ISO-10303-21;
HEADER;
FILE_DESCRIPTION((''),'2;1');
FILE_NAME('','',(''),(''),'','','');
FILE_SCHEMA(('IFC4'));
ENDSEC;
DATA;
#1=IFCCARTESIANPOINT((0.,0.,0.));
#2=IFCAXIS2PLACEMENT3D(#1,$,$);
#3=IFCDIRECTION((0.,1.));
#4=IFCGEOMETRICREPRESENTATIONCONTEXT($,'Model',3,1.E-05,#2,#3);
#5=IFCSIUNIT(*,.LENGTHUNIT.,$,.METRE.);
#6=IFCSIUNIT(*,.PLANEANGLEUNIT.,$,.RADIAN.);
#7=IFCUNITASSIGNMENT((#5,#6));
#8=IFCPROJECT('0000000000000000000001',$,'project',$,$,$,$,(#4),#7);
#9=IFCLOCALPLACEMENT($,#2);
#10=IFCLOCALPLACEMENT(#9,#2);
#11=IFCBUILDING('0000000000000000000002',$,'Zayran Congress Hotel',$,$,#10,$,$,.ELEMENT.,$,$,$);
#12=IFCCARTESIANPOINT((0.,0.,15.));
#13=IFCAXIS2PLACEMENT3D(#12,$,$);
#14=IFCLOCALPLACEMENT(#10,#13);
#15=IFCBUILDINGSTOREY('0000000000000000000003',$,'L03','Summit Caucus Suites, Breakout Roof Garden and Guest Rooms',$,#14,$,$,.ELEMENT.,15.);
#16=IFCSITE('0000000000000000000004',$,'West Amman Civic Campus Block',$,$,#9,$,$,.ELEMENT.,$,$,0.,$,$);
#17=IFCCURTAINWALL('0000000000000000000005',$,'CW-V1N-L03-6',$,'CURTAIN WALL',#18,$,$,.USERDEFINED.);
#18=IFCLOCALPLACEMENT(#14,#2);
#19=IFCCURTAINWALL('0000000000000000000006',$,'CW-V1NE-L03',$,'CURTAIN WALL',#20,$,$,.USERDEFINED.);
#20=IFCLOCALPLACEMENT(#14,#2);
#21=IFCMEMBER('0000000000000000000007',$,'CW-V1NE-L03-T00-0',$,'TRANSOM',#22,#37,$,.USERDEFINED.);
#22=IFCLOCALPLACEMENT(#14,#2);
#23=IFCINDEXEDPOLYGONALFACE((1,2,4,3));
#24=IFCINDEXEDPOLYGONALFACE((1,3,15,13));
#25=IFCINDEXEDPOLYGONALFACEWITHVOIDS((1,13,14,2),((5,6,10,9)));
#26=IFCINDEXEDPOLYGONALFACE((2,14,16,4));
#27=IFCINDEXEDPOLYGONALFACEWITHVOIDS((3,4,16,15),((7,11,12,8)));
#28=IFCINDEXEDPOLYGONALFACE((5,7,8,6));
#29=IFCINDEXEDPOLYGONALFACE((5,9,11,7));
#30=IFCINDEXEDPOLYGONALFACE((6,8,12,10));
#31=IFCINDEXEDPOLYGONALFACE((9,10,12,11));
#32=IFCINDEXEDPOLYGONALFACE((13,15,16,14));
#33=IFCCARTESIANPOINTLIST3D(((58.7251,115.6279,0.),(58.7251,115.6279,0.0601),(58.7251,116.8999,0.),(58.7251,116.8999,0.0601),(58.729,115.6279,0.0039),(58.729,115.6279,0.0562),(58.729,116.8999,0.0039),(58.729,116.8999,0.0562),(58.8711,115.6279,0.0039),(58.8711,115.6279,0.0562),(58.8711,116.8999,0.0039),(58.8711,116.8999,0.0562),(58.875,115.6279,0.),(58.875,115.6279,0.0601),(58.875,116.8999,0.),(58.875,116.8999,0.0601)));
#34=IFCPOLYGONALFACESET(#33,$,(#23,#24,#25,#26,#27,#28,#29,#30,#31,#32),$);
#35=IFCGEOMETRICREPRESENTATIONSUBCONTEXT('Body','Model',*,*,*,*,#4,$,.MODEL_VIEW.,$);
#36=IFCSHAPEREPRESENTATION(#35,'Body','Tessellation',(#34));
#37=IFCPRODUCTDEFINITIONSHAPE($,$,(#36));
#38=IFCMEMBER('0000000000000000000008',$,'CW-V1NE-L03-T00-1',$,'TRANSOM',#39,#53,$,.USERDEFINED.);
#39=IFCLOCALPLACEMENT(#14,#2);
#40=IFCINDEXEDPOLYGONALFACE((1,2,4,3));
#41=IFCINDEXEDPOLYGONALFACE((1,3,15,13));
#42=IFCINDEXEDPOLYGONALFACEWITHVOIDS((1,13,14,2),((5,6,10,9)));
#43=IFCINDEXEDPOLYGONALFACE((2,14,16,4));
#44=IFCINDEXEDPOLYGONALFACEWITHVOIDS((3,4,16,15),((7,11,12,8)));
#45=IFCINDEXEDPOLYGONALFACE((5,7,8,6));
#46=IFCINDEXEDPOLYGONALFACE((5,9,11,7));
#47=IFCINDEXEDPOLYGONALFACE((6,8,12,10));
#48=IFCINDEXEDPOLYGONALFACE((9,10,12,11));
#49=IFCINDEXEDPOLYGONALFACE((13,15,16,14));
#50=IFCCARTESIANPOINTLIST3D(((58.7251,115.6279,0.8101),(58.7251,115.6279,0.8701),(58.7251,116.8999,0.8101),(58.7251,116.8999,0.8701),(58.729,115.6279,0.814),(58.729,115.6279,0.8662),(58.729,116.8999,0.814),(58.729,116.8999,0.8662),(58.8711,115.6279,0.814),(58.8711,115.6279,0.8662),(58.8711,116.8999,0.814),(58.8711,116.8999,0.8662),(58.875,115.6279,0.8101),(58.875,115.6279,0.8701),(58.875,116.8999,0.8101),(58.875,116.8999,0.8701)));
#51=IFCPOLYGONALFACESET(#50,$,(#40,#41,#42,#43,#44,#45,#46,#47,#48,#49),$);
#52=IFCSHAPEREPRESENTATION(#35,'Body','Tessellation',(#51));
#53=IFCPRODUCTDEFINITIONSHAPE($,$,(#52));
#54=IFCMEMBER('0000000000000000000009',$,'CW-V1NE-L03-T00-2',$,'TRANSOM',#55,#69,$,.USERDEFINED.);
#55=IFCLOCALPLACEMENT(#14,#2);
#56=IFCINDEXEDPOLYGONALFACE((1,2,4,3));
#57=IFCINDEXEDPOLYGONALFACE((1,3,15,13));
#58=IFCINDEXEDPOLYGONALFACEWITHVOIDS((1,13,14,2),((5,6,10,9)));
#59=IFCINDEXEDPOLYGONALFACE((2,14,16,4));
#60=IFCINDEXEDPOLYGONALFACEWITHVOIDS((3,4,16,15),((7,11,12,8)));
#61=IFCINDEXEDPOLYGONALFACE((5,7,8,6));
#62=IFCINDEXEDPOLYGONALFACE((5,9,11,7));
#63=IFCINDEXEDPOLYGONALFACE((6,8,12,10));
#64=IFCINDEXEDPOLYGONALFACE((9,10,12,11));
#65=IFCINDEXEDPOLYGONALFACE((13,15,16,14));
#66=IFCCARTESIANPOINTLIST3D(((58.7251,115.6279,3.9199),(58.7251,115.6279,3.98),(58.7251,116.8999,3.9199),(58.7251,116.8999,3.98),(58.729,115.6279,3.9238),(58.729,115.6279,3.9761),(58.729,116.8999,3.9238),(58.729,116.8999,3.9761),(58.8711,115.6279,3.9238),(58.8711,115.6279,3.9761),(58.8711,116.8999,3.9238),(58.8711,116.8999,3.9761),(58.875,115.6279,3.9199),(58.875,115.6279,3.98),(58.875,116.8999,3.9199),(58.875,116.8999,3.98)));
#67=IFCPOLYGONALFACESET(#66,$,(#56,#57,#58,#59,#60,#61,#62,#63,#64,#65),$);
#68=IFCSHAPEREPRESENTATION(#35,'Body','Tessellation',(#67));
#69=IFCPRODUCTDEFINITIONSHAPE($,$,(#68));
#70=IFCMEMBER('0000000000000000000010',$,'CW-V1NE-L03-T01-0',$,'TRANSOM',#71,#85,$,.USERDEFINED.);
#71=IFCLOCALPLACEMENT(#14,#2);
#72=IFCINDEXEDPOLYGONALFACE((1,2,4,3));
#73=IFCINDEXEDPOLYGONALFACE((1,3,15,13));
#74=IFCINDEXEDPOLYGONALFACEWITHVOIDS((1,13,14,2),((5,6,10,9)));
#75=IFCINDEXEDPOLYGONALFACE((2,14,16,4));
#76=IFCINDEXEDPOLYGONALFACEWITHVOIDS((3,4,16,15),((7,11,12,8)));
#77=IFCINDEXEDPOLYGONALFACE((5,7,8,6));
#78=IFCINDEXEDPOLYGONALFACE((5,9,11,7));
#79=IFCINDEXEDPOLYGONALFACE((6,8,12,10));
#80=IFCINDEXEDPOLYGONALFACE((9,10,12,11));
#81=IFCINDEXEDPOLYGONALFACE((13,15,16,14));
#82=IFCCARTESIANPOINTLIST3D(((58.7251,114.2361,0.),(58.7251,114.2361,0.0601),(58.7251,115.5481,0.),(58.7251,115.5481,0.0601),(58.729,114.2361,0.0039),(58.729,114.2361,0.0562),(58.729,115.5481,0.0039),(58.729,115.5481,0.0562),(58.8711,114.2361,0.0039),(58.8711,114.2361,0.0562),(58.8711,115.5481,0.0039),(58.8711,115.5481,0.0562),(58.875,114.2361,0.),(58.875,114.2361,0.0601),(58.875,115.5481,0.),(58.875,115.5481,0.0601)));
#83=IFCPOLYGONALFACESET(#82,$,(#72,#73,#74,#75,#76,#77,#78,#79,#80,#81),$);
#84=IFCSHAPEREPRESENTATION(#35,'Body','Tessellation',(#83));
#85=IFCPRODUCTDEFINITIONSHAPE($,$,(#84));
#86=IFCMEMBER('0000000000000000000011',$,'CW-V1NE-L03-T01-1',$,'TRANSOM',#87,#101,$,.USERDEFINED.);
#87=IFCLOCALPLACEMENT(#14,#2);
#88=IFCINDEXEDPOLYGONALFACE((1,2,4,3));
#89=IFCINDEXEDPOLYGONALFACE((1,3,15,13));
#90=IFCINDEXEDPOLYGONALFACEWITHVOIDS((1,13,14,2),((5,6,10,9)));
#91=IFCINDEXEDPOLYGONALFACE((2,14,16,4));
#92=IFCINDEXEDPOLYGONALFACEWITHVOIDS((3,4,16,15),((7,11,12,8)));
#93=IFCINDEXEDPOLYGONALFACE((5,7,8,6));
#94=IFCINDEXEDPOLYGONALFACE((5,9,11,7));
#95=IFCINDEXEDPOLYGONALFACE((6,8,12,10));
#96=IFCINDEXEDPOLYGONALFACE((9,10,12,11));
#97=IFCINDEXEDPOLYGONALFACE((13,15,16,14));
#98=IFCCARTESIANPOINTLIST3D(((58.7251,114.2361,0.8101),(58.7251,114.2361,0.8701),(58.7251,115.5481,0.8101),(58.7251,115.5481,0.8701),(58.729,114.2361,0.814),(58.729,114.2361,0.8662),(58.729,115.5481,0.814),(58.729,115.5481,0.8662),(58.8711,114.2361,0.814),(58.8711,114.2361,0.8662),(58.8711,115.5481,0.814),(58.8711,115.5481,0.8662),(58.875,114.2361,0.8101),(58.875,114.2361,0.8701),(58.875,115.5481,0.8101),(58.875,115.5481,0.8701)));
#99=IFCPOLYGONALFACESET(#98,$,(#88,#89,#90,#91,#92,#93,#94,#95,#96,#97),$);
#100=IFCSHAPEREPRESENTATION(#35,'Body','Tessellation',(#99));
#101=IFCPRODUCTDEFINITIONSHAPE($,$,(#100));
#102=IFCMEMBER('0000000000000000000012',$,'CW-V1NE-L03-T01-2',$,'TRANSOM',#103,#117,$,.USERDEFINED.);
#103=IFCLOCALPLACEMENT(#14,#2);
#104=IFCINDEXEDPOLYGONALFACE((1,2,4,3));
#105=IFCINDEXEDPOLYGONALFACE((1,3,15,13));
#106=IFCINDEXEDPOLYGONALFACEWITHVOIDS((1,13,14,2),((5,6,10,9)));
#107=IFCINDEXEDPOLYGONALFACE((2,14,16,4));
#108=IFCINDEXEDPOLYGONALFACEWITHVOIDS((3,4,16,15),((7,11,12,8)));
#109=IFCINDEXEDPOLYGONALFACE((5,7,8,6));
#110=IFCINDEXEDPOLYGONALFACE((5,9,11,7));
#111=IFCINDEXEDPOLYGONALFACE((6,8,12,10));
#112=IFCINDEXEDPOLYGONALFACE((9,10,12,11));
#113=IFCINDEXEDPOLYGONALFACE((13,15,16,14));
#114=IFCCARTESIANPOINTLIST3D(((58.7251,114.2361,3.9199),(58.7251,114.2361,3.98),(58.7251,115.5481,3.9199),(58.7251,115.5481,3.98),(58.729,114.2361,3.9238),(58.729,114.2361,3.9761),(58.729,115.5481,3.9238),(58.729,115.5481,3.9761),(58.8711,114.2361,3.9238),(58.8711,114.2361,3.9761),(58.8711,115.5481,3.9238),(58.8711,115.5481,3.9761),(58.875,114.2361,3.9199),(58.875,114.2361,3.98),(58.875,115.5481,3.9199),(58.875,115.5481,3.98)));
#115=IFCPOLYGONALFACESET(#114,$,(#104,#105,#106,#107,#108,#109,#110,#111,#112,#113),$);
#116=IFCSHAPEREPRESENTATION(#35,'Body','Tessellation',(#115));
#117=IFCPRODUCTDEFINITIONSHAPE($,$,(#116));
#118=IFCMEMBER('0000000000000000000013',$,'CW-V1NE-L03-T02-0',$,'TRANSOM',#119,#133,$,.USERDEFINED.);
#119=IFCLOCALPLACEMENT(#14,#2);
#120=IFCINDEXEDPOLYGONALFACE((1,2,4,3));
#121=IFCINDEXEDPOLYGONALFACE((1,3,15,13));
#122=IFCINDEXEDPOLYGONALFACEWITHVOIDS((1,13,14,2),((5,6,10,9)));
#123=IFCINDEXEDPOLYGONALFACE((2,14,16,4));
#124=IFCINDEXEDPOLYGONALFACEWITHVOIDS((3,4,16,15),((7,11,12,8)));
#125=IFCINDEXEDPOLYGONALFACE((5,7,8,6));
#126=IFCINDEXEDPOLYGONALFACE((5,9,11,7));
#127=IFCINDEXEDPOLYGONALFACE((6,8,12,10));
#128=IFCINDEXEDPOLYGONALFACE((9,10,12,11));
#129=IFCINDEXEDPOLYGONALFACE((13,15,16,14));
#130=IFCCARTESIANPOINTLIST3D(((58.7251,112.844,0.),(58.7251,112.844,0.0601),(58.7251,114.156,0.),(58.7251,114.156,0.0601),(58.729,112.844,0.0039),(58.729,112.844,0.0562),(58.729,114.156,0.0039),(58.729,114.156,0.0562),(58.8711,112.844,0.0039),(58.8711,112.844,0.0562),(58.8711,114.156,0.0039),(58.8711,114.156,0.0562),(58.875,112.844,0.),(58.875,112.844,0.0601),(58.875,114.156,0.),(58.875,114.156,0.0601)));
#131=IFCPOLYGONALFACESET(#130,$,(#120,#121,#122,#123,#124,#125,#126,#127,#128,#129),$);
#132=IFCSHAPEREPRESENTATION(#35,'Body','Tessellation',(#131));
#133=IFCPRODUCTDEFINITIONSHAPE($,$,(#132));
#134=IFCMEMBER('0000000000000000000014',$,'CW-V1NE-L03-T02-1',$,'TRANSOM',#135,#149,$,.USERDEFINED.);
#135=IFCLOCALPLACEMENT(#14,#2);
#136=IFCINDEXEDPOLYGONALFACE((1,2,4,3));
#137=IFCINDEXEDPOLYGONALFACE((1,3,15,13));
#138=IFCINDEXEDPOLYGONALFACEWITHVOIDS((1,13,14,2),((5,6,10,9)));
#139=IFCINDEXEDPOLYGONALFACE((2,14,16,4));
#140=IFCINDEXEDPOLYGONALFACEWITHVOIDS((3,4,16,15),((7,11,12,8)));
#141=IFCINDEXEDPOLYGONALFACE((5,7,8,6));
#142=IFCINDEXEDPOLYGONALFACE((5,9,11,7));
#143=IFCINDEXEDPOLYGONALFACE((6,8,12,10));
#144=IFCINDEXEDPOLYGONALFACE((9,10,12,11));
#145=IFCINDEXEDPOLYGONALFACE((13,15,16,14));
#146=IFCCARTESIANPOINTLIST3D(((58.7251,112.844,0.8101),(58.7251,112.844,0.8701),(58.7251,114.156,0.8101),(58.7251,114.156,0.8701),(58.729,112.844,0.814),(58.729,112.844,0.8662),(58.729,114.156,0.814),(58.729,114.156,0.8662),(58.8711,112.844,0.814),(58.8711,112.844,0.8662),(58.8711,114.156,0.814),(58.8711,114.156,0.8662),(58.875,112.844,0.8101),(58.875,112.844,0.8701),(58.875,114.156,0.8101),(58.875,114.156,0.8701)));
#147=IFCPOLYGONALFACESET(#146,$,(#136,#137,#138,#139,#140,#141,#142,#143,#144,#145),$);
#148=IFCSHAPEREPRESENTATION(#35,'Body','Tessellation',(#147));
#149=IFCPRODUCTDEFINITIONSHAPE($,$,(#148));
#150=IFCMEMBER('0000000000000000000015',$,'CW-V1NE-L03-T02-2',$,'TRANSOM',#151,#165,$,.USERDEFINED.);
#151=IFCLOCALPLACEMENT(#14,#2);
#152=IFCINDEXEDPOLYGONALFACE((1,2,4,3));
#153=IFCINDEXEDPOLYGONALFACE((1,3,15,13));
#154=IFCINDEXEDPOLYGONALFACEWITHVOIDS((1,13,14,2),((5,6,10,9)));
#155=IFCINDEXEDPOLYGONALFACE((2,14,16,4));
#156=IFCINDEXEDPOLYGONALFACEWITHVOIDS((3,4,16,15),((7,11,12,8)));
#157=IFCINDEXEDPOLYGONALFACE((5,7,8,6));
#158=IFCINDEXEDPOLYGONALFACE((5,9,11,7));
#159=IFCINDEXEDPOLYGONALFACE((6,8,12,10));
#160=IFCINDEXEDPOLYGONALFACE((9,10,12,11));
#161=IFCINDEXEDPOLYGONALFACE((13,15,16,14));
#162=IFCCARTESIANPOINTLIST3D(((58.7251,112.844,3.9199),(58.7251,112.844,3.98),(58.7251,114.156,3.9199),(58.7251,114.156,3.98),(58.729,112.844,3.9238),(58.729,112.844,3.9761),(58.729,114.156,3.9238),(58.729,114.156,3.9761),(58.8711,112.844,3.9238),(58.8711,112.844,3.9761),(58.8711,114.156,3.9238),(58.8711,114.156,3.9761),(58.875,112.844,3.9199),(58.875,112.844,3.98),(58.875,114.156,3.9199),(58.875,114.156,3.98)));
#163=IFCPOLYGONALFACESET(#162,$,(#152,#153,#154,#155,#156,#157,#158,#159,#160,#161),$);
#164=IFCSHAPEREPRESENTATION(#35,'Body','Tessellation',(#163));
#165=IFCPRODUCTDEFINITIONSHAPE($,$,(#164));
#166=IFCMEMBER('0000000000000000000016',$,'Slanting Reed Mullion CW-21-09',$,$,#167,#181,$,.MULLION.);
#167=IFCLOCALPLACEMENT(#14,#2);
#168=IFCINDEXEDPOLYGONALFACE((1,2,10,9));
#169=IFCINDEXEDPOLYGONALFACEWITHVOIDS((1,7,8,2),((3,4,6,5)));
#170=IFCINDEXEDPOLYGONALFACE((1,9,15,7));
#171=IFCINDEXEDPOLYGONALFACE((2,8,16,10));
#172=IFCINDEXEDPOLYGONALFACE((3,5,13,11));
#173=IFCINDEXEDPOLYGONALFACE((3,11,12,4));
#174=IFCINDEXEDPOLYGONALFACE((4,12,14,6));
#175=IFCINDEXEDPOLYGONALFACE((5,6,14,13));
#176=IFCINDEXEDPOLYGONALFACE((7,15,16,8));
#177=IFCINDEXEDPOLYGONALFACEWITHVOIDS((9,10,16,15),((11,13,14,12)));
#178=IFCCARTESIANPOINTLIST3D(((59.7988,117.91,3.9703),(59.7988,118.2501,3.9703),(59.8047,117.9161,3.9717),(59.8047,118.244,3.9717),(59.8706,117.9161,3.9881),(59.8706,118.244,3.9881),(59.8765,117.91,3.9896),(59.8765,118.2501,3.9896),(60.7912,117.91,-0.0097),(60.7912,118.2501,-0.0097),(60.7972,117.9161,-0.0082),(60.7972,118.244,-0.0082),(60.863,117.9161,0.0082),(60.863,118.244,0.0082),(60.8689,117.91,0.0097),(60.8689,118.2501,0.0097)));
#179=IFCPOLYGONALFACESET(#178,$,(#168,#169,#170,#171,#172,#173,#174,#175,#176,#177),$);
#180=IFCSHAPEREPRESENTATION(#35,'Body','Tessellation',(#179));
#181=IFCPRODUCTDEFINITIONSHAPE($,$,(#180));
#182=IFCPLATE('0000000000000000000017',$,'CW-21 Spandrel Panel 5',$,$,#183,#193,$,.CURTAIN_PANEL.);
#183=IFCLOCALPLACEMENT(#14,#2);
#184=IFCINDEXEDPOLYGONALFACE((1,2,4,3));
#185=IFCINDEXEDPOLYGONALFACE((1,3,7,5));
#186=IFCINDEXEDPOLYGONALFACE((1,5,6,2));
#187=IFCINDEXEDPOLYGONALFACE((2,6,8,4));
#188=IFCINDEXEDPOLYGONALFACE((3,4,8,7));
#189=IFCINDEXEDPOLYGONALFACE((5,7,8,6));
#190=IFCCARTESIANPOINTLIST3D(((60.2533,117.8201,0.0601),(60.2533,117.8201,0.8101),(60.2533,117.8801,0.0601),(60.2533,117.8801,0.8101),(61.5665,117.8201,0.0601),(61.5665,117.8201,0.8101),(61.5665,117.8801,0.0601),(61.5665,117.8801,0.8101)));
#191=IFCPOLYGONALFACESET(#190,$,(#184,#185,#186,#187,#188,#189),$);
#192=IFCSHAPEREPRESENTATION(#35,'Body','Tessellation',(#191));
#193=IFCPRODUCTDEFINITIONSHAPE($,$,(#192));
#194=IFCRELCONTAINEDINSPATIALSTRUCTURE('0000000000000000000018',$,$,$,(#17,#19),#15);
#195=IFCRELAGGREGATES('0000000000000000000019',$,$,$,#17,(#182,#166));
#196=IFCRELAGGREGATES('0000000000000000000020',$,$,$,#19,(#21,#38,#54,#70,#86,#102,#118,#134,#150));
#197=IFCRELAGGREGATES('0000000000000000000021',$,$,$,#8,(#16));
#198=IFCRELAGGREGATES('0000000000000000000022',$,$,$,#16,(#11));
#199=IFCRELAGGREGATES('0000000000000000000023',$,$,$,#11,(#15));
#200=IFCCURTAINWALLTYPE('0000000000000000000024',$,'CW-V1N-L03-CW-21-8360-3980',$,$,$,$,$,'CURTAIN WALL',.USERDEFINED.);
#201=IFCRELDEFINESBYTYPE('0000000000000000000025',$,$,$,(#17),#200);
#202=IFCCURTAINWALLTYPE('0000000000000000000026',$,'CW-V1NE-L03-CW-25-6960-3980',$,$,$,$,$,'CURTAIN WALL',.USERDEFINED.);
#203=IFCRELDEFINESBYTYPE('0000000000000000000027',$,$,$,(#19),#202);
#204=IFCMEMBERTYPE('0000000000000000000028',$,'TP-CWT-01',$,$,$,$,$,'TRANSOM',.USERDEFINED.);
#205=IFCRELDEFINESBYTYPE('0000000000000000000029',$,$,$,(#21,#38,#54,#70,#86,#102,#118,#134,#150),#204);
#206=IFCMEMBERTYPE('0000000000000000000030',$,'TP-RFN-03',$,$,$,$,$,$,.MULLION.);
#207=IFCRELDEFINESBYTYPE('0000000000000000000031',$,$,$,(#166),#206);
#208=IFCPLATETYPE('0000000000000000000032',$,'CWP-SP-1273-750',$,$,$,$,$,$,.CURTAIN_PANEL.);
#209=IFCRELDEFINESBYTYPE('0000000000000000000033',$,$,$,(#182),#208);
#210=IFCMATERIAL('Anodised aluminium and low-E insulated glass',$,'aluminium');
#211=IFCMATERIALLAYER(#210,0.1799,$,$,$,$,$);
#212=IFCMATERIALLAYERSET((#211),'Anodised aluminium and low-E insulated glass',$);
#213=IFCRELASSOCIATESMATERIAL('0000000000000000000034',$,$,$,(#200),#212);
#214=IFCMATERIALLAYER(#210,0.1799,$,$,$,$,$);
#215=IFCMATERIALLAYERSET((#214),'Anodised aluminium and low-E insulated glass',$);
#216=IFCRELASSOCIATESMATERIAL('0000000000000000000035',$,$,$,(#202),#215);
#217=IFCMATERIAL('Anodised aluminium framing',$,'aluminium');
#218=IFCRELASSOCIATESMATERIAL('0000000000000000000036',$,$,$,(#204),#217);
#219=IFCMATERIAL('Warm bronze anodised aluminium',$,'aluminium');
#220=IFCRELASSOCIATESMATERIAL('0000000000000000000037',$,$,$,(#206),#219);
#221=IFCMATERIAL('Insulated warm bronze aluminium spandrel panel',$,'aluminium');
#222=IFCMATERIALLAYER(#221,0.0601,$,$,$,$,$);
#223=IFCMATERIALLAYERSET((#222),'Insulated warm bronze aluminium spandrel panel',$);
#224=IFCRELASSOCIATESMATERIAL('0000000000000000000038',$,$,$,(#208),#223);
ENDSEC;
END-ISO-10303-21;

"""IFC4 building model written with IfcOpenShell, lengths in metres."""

from ifc_helpers import new_model, si_unit, direction, frame, origin, origin_2d, place, context, subcontext, project, spatial, rectangle, hollow_rectangle, extrude, material, layer, layer_set, material_profile, profile_set, type_object, element, aggregate, save


model = new_model("IFC4")

# Units and contexts
model_context = context("Model", 3, precision=1e-05, world=origin(), true_north=direction((0.0, 1.0)))
body_context = subcontext(model_context, "Body", "Model", "MODEL_VIEW")
ifc_project = project(units=[si_unit("LENGTHUNIT", "METRE"), si_unit("PLANEANGLEUNIT", "RADIAN")], contexts=[model_context])

# Site, building, storey
site_placement = place(None, origin())
site = spatial("IfcSite", under=ifc_project, at=site_placement, Name="West Amman Civic Campus Block", CompositionType="ELEMENT", RefElevation=0.0)
building_placement = place(site_placement, origin())
building = spatial("IfcBuilding", under=site, at=building_placement, Name="Zayran Congress Hotel", CompositionType="ELEMENT")
storey_placement = place(building_placement, frame((0.0, 0.0, 15.0)))
storey = spatial("IfcBuildingStorey", under=building, at=storey_placement, Name="L03", Description="Summit Caucus Suites, Breakout Roof Garden and Guest Rooms", CompositionType="ELEMENT", Elevation=15.0)

# Curtain walls
ifc_material_1 = material(Name="Anodised aluminium and low-E insulated glass", Category="aluminium")
ifc_layer_1 = layer(ifc_material_1, 0.1799)
ifc_layer_set_1 = layer_set([ifc_layer_1], Name="Anodised aluminium and low-E insulated glass")
curtain_wall_type_1 = type_object("IfcCurtainWallType", Name="CW-V1N-L03-CW-21-8360-3980", ElementType="CURTAIN WALL", PredefinedType="USERDEFINED", material=ifc_layer_set_1)
curtain_wall_1_placement = place(storey_placement, origin())
curtain_wall_1 = element("IfcCurtainWall", 1, at=curtain_wall_1_placement, inside=storey, type_object=curtain_wall_type_1, Name="CW-V1N-L03-6", ObjectType="CURTAIN WALL", PredefinedType="USERDEFINED")
ifc_material_2 = material(Name="Anodised aluminium framing", Category="aluminium")
ifc_layer_2 = layer(ifc_material_1, 0.1799)
ifc_layer_set_2 = layer_set([ifc_layer_2], Name="Anodised aluminium and low-E insulated glass")
curtain_wall_type_2 = type_object("IfcCurtainWallType", Name="CW-V1NE-L03-CW-25-6960-3980", ElementType="CURTAIN WALL", PredefinedType="USERDEFINED", material=ifc_layer_set_2)
curtain_wall_2_placement = place(storey_placement, origin())
curtain_wall_2 = element("IfcCurtainWall", 2, at=curtain_wall_2_placement, inside=storey, type_object=curtain_wall_type_2, Name="CW-V1NE-L03", ObjectType="CURTAIN WALL", PredefinedType="USERDEFINED")

# Members
ifc_material_profile_1 = material_profile(ifc_material_2, hollow_rectangle(XDim=0.0601, YDim=0.1499, WallThickness=0.0039, at=origin_2d()), Name="RHS 150x60x4")
ifc_profile_set_1 = profile_set([ifc_material_profile_1], Name="Anodised aluminium framing")
member_type_1 = type_object("IfcMemberType", Name="TP-CWT-01", ElementType="TRANSOM", PredefinedType="USERDEFINED", material=ifc_profile_set_1)
member_1_placement = place(storey_placement, frame((58.8, 116.8999, 0.03), z_axis=(0.0, -1.0, 0.0), x_axis=(0.0, 0.0, 1.0)))
member_1 = element("IfcMember", 3, at=member_1_placement, type_object=member_type_1, Name="CW-V1NE-L03-T00-0", ObjectType="TRANSOM", PredefinedType="USERDEFINED", context=body_context, shape_type="SweptSolid", body=[
    extrude(hollow_rectangle(XDim=0.0601, YDim=0.1499, WallThickness=0.0039, at=origin_2d()), origin(), (0.0, 0.0, 1.0), 1.272),
])
member_2_placement = place(storey_placement, frame((58.8, 116.8999, 0.8401), z_axis=(0.0, -1.0, 0.0), x_axis=(0.0, 0.0, 1.0)))
member_2 = element("IfcMember", 4, at=member_2_placement, type_object=member_type_1, Name="CW-V1NE-L03-T00-1", ObjectType="TRANSOM", PredefinedType="USERDEFINED", context=body_context, shape_type="SweptSolid", body=[
    extrude(hollow_rectangle(XDim=0.0601, YDim=0.1499, WallThickness=0.0039, at=origin_2d()), origin(), (0.0, 0.0, 1.0), 1.272),
])
member_3_placement = place(storey_placement, frame((58.8, 116.8999, 3.95), z_axis=(0.0, -1.0, 0.0), x_axis=(0.0, 0.0, 1.0)))
member_3 = element("IfcMember", 5, at=member_3_placement, type_object=member_type_1, Name="CW-V1NE-L03-T00-2", ObjectType="TRANSOM", PredefinedType="USERDEFINED", context=body_context, shape_type="SweptSolid", body=[
    extrude(hollow_rectangle(XDim=0.0601, YDim=0.1499, WallThickness=0.0039, at=origin_2d()), origin(), (0.0, 0.0, 1.0), 1.272),
])
member_4_placement = place(storey_placement, frame((58.8, 115.5481, 0.03), z_axis=(0.0, -1.0, 0.0), x_axis=(0.0, 0.0, 1.0)))
member_4 = element("IfcMember", 6, at=member_4_placement, type_object=member_type_1, Name="CW-V1NE-L03-T01-0", ObjectType="TRANSOM", PredefinedType="USERDEFINED", context=body_context, shape_type="SweptSolid", body=[
    extrude(hollow_rectangle(XDim=0.0601, YDim=0.1499, WallThickness=0.0039, at=origin_2d()), origin(), (0.0, 0.0, 1.0), 1.312),
])
member_5_placement = place(storey_placement, frame((58.8, 115.5481, 0.8401), z_axis=(0.0, -1.0, 0.0), x_axis=(0.0, 0.0, 1.0)))
member_5 = element("IfcMember", 7, at=member_5_placement, type_object=member_type_1, Name="CW-V1NE-L03-T01-1", ObjectType="TRANSOM", PredefinedType="USERDEFINED", context=body_context, shape_type="SweptSolid", body=[
    extrude(hollow_rectangle(XDim=0.0601, YDim=0.1499, WallThickness=0.0039, at=origin_2d()), origin(), (0.0, 0.0, 1.0), 1.312),
])
member_6_placement = place(storey_placement, frame((58.8, 115.5481, 3.95), z_axis=(0.0, -1.0, 0.0), x_axis=(0.0, 0.0, 1.0)))
member_6 = element("IfcMember", 8, at=member_6_placement, type_object=member_type_1, Name="CW-V1NE-L03-T01-2", ObjectType="TRANSOM", PredefinedType="USERDEFINED", context=body_context, shape_type="SweptSolid", body=[
    extrude(hollow_rectangle(XDim=0.0601, YDim=0.1499, WallThickness=0.0039, at=origin_2d()), origin(), (0.0, 0.0, 1.0), 1.312),
])
member_7_placement = place(storey_placement, frame((58.8, 114.156, 0.03), z_axis=(0.0, -1.0, 0.0), x_axis=(0.0, 0.0, 1.0)))
member_7 = element("IfcMember", 9, at=member_7_placement, type_object=member_type_1, Name="CW-V1NE-L03-T02-0", ObjectType="TRANSOM", PredefinedType="USERDEFINED", context=body_context, shape_type="SweptSolid", body=[
    extrude(hollow_rectangle(XDim=0.0601, YDim=0.1499, WallThickness=0.0039, at=origin_2d()), origin(), (0.0, 0.0, 1.0), 1.312),
])
member_8_placement = place(storey_placement, frame((58.8, 114.156, 0.8401), z_axis=(0.0, -1.0, 0.0), x_axis=(0.0, 0.0, 1.0)))
member_8 = element("IfcMember", 10, at=member_8_placement, type_object=member_type_1, Name="CW-V1NE-L03-T02-1", ObjectType="TRANSOM", PredefinedType="USERDEFINED", context=body_context, shape_type="SweptSolid", body=[
    extrude(hollow_rectangle(XDim=0.0601, YDim=0.1499, WallThickness=0.0039, at=origin_2d()), origin(), (0.0, 0.0, 1.0), 1.312),
])
member_9_placement = place(storey_placement, frame((58.8, 114.156, 3.95), z_axis=(0.0, -1.0, 0.0), x_axis=(0.0, 0.0, 1.0)))
member_9 = element("IfcMember", 11, at=member_9_placement, type_object=member_type_1, Name="CW-V1NE-L03-T02-2", ObjectType="TRANSOM", PredefinedType="USERDEFINED", context=body_context, shape_type="SweptSolid", body=[
    extrude(hollow_rectangle(XDim=0.0601, YDim=0.1499, WallThickness=0.0039, at=origin_2d()), origin(), (0.0, 0.0, 1.0), 1.312),
])
ifc_material_3 = material(Name="Warm bronze anodised aluminium", Category="aluminium")
ifc_material_profile_2 = material_profile(ifc_material_3, hollow_rectangle(XDim=0.0801, YDim=0.3401, WallThickness=0.0061, at=origin_2d()), Name="RHS 340x80x6")
ifc_profile_set_2 = profile_set([ifc_material_profile_2], Name="Warm bronze anodised aluminium")
member_type_2 = type_object("IfcMemberType", Name="TP-RFN-03", PredefinedType="MULLION", material=ifc_profile_set_2)
member_10_placement = place(storey_placement, frame((60.8301, 118.0801, 0.0), z_axis=(-0.241947, 0.0, 0.970289), x_axis=(0.970289, 0.0, 0.241947)))
member_10 = element("IfcMember", 12, at=member_10_placement, type_object=member_type_2, Name="Slanting Reed Mullion CW-21-09", PredefinedType="MULLION", context=body_context, shape_type="SweptSolid", body=[
    extrude(hollow_rectangle(XDim=0.0801, YDim=0.3401, WallThickness=0.0061, at=origin_2d()), origin(), (0.0, 0.0, 1.0), 4.1018),
])

# Plate
ifc_material_4 = material(Name="Insulated warm bronze aluminium spandrel panel", Category="aluminium")
ifc_layer_3 = layer(ifc_material_4, 0.0601)
ifc_layer_set_3 = layer_set([ifc_layer_3], Name="Insulated warm bronze aluminium spandrel panel")
plate_type_1 = type_object("IfcPlateType", Name="CWP-SP-1273-750", PredefinedType="CURTAIN_PANEL", material=ifc_layer_set_3)
plate_1_placement = place(storey_placement, frame((60.9099, 117.8501, 0.0601), z_axis=(0.0, 0.0, 1.0), x_axis=(1.0, 0.0, 0.0)))
plate_1 = element("IfcPlate", 13, at=plate_1_placement, type_object=plate_type_1, Name="CW-21 Spandrel Panel 5", PredefinedType="CURTAIN_PANEL", context=body_context, shape_type="SweptSolid", body=[
    extrude(rectangle(XDim=1.3132, YDim=0.0601, at=origin_2d()), origin(), (0.0, 0.0, 1.0), 0.75),
])
aggregate(curtain_wall_1, [plate_1, member_10])
aggregate(curtain_wall_2, [member_1, member_2, member_3, member_4, member_5, member_6, member_7, member_8, member_9])

save(model, "model.ifc")
